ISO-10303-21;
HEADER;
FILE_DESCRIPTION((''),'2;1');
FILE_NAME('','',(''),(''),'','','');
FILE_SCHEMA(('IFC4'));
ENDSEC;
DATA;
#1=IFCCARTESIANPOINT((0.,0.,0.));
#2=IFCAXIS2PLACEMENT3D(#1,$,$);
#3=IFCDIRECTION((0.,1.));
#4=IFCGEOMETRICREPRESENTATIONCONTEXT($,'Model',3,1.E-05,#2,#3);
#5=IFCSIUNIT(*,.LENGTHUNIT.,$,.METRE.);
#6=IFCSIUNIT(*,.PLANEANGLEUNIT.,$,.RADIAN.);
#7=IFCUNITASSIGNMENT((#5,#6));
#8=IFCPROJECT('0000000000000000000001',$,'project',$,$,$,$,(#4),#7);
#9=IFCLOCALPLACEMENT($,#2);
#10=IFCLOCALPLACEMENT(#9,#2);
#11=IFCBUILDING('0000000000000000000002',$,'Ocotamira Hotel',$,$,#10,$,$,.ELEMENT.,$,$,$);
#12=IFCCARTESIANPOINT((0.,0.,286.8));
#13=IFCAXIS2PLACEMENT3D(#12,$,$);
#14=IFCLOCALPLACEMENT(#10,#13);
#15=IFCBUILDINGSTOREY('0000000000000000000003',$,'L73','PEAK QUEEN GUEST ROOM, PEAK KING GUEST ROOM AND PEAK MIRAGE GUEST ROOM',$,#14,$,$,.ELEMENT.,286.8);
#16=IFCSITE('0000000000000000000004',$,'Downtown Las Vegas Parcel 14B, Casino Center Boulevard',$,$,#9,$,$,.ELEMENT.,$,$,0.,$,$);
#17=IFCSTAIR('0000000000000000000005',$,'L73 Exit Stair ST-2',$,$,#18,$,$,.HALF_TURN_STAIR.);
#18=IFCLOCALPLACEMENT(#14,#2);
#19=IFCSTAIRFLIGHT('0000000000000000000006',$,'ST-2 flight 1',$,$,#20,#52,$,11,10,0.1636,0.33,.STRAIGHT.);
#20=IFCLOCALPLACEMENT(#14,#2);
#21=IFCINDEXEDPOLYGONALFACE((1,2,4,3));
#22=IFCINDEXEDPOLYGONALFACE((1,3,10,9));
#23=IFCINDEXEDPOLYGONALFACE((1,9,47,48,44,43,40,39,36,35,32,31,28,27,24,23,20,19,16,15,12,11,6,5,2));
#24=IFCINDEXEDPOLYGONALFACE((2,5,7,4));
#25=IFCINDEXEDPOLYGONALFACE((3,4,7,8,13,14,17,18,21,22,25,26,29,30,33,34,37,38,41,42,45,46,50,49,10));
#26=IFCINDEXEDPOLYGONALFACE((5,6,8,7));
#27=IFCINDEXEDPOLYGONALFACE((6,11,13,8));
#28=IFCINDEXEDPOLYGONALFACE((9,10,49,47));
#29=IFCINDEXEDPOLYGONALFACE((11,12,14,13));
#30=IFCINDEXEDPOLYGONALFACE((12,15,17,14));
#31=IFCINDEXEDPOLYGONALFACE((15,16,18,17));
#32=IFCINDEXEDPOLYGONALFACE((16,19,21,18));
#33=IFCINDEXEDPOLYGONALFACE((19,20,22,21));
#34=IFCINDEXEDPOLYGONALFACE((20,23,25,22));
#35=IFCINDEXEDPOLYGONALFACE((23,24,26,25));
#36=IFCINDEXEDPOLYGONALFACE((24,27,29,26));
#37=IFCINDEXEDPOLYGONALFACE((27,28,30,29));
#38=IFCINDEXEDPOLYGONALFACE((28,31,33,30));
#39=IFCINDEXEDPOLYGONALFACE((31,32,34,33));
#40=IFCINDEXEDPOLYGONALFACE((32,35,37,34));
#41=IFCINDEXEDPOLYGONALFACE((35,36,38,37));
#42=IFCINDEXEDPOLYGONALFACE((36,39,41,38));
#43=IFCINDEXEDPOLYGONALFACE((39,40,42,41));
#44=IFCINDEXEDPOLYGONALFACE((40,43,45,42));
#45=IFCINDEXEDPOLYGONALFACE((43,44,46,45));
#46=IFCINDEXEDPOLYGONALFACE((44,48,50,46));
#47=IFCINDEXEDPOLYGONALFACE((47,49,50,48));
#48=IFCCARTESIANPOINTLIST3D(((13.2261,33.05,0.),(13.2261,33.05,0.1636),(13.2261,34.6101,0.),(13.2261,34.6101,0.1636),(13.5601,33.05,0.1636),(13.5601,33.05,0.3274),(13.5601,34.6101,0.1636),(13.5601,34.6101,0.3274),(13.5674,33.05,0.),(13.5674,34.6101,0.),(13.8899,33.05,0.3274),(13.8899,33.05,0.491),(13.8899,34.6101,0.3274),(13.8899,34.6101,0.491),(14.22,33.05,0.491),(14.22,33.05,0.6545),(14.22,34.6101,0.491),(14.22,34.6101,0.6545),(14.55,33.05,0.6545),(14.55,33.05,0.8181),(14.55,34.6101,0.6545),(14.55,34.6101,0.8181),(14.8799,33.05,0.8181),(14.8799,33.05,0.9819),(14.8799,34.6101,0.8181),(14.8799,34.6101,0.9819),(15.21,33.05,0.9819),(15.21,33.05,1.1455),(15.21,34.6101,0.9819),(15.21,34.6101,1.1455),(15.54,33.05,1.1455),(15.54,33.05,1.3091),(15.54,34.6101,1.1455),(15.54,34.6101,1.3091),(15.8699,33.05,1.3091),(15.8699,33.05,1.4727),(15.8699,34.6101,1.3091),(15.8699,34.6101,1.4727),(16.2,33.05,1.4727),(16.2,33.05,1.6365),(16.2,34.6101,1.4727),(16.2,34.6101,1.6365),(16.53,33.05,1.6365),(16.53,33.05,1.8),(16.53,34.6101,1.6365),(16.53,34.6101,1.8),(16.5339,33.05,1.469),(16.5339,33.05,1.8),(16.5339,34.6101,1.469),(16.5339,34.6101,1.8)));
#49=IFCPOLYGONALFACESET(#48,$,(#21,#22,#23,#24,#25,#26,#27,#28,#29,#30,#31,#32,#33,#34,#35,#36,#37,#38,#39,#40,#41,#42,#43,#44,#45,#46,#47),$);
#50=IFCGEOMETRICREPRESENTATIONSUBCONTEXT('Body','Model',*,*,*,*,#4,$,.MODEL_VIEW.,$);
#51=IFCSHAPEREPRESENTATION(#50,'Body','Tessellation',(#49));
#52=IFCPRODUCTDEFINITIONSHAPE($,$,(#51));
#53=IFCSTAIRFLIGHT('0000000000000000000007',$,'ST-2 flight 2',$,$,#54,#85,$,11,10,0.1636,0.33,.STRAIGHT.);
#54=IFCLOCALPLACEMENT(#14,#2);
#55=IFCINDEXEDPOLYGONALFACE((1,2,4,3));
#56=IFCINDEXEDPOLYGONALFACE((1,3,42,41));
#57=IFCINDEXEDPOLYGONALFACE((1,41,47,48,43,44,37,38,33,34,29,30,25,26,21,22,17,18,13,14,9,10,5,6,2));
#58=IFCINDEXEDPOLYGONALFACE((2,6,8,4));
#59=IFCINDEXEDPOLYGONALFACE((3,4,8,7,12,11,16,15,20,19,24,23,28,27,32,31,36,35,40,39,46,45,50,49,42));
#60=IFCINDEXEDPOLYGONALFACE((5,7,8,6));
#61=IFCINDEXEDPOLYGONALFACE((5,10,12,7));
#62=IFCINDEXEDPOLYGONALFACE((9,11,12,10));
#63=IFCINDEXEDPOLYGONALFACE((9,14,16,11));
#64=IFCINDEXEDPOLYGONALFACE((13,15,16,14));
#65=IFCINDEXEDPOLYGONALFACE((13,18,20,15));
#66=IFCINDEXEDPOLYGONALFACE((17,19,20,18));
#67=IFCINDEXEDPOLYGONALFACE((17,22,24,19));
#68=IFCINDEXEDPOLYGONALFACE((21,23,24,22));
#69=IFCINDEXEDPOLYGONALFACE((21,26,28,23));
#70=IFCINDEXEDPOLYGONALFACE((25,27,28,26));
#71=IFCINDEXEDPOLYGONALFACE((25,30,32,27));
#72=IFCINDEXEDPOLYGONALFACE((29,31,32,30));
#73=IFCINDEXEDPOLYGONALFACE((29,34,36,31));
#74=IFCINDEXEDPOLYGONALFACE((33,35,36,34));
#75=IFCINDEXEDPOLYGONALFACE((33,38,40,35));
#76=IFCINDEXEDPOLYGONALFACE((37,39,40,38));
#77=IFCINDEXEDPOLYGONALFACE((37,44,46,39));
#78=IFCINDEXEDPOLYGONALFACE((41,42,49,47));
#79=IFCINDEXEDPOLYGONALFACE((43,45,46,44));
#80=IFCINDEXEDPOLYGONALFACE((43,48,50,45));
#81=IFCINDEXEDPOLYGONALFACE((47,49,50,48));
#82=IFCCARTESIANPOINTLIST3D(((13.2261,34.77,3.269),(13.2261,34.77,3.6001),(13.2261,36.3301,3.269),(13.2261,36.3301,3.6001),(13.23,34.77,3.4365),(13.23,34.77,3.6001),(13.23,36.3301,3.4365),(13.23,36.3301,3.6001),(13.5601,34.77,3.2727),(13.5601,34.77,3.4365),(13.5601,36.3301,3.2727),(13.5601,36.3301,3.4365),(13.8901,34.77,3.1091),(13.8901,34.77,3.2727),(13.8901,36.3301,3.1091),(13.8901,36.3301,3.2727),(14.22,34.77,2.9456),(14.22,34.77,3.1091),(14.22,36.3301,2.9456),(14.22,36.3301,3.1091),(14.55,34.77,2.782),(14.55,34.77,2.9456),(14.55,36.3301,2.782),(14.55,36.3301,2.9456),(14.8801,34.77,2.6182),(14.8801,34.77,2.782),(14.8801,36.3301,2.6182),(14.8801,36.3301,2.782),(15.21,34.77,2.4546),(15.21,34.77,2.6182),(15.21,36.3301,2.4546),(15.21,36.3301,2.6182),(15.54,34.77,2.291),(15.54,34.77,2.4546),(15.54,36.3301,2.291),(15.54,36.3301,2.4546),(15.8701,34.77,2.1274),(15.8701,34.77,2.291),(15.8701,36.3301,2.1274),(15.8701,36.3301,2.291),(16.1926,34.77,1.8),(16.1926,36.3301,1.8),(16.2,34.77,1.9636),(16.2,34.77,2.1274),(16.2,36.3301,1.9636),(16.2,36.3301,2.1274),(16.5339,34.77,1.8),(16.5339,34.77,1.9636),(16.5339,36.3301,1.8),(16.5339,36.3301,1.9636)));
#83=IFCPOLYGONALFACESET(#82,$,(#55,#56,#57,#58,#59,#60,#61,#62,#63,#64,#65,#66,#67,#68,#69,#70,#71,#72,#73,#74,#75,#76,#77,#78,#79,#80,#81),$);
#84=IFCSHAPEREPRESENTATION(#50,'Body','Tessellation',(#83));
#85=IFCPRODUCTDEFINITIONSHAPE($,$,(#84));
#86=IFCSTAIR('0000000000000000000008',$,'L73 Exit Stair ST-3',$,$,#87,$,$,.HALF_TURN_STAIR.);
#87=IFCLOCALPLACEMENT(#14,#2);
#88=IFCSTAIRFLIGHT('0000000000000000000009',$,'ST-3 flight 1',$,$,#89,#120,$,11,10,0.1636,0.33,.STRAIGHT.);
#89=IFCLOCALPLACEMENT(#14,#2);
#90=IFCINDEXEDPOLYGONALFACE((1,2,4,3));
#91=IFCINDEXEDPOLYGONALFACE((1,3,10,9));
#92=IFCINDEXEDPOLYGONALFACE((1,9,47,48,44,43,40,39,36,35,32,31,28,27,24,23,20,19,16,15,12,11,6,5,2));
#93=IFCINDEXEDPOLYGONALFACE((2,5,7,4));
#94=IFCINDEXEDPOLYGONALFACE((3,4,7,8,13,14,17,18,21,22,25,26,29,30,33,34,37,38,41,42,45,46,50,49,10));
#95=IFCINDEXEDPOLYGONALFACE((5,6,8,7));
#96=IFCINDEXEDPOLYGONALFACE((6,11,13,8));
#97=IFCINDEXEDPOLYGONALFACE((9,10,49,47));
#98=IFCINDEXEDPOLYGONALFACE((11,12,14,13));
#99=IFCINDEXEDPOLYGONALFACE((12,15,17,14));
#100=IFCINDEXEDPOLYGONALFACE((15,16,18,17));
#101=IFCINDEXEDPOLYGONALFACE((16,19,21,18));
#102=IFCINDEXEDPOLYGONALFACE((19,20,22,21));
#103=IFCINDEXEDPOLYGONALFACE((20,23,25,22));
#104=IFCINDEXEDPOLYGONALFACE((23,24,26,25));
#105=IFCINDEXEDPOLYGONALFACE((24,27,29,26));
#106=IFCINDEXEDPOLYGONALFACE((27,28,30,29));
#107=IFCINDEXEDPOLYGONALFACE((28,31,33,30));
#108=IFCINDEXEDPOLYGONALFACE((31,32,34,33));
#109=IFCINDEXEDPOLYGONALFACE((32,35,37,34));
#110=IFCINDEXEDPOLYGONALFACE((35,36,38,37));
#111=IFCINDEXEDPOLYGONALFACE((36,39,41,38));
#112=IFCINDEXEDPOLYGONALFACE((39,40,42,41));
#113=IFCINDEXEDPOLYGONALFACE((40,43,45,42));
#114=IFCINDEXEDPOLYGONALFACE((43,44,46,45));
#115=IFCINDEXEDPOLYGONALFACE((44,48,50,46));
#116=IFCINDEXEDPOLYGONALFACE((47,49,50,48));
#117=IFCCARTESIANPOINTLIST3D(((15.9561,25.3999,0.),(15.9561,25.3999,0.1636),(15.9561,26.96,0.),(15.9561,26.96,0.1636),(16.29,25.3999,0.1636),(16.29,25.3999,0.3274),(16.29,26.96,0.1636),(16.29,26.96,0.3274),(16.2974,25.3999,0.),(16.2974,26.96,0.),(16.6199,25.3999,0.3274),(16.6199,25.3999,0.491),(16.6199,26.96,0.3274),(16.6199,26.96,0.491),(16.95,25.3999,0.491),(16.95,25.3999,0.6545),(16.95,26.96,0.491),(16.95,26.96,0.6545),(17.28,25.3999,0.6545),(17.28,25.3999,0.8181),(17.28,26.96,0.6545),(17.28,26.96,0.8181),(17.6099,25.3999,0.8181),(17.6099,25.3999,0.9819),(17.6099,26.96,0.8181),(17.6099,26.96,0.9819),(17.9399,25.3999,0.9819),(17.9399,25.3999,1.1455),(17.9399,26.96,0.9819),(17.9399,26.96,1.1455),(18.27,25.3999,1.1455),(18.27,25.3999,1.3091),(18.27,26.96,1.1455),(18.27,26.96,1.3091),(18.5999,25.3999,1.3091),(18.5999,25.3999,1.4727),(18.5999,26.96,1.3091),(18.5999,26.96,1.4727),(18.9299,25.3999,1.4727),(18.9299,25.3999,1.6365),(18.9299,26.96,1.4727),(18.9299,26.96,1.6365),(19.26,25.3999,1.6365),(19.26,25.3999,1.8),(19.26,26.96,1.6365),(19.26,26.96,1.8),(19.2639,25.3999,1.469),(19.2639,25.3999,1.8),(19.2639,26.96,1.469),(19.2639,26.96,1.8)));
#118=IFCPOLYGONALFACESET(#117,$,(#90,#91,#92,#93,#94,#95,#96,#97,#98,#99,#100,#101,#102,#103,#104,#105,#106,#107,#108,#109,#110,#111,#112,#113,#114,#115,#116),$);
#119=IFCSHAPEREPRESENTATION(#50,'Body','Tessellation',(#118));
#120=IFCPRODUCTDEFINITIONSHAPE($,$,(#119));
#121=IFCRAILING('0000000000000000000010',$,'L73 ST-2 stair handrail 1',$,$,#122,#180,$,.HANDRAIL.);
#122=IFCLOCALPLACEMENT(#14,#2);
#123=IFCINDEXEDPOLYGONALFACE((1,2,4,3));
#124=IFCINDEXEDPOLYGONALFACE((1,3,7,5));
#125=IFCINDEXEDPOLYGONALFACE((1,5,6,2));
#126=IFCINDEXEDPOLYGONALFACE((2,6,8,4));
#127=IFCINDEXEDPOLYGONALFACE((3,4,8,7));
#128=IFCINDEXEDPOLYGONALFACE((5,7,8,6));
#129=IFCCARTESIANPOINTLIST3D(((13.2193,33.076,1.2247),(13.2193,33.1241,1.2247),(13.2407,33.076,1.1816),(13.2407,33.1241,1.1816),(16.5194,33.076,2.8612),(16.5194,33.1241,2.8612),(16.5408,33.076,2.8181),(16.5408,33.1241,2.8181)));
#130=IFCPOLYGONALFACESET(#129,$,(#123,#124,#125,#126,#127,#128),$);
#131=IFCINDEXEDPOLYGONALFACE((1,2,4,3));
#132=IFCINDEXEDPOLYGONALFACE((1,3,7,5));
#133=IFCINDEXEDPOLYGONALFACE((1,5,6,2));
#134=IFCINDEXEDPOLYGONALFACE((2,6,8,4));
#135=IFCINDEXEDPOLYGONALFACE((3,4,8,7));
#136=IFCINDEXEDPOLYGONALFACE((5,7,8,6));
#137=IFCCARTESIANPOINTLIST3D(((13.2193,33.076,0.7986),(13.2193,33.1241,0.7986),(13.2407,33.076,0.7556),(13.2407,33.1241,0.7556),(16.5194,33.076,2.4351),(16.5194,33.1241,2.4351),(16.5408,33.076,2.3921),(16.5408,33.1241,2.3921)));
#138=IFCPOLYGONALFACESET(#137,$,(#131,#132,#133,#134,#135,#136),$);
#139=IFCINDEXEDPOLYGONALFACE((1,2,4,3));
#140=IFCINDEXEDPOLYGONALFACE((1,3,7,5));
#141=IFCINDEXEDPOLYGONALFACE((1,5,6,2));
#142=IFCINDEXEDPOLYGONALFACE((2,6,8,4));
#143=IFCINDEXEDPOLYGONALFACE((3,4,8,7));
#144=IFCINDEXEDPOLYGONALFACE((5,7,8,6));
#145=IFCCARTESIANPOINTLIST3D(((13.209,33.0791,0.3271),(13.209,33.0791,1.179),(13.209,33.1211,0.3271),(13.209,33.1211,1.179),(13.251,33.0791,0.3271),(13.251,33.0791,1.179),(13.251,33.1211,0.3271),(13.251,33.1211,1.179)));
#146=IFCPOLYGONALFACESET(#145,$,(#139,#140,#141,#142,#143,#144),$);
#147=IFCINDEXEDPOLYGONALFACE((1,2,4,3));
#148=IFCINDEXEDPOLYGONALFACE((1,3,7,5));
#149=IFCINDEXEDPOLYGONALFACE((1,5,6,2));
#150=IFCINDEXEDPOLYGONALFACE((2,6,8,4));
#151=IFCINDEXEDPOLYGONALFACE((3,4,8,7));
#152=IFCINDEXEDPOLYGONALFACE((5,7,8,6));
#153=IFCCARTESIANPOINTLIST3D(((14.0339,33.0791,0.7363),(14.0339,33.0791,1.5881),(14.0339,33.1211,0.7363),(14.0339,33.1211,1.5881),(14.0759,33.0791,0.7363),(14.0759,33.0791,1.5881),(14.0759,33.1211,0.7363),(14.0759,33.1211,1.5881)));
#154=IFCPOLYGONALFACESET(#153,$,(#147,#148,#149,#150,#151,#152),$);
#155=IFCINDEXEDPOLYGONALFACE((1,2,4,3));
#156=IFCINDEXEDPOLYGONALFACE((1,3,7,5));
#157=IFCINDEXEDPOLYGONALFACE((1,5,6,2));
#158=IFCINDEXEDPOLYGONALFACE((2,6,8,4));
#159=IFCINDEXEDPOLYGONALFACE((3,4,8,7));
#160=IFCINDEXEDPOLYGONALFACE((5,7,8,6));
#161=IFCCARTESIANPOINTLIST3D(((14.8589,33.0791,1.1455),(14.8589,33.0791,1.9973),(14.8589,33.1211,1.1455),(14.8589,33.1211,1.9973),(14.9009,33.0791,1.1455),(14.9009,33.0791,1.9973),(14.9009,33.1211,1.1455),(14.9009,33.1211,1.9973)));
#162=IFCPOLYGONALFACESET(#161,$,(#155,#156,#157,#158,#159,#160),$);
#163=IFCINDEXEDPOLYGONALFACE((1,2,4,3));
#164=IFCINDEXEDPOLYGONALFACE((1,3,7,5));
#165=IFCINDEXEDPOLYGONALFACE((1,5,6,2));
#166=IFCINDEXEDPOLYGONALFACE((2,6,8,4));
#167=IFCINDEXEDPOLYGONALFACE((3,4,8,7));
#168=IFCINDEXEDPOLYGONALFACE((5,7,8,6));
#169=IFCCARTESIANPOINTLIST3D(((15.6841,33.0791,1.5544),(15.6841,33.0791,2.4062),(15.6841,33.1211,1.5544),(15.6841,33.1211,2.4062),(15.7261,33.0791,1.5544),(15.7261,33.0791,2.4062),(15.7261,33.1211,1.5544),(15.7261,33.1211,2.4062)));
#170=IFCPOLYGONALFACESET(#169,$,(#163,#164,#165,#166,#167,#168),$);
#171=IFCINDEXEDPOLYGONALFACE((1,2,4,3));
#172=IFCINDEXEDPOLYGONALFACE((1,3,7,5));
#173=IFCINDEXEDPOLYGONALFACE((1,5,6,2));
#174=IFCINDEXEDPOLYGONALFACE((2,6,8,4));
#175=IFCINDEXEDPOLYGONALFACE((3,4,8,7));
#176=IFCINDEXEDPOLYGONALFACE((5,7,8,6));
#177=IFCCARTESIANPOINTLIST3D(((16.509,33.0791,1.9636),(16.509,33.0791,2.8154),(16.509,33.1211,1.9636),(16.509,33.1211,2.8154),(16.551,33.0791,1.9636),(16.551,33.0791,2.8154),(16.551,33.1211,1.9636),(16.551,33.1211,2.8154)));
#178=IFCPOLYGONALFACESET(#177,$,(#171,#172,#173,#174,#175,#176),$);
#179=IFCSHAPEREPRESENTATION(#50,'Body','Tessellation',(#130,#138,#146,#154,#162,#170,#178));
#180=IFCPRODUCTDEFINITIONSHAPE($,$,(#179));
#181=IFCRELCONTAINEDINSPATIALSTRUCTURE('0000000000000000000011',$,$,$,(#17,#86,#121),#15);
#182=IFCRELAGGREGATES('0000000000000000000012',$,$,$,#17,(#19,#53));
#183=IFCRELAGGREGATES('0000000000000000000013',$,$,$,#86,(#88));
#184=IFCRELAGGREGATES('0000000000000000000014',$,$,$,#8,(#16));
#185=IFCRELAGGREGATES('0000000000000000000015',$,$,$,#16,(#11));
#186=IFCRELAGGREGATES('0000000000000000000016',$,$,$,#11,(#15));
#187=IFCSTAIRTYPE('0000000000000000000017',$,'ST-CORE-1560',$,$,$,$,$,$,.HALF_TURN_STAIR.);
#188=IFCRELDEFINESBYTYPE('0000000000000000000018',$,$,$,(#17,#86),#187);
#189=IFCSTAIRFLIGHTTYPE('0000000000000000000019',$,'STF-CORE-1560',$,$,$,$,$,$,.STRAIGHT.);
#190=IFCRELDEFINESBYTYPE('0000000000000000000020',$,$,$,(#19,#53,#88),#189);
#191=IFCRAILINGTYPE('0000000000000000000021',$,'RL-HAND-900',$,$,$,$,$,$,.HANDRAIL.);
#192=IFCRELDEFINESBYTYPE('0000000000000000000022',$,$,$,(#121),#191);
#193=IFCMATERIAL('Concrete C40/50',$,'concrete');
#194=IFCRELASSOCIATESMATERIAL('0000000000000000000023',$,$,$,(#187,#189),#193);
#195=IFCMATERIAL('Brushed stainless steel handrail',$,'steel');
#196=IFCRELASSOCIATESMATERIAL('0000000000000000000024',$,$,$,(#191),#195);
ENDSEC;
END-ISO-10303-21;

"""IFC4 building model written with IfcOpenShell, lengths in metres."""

from ifc_helpers import new_model, si_unit, direction, frame, origin, origin_2d, place, context, subcontext, project, spatial, polyline, rectangle, outline, extrude, source, transform, mapped, material, type_object, element, aggregate, save


model = new_model("IFC4")

# Units and contexts
model_context = context("Model", 3, precision=1e-05, world=origin(), true_north=direction((0.0, 1.0)))
body_context = subcontext(model_context, "Body", "Model", "MODEL_VIEW")
ifc_project = project(units=[si_unit("LENGTHUNIT", "METRE"), si_unit("PLANEANGLEUNIT", "RADIAN")], contexts=[model_context])

# Site, building, storey
site_placement = place(None, origin())
site = spatial("IfcSite", under=ifc_project, at=site_placement, Name="Downtown Las Vegas Parcel 14B, Casino Center Boulevard", CompositionType="ELEMENT", RefElevation=0.0)
building_placement = place(site_placement, origin())
building = spatial("IfcBuilding", under=site, at=building_placement, Name="Ocotamira Hotel", CompositionType="ELEMENT")
storey_placement = place(building_placement, frame((0.0, 0.0, 286.8)))
storey = spatial("IfcBuildingStorey", under=building, at=storey_placement, Name="L73", Description="PEAK QUEEN GUEST ROOM, PEAK KING GUEST ROOM AND PEAK MIRAGE GUEST ROOM", CompositionType="ELEMENT", Elevation=286.8)

# Stair, stair flights
ifc_material_1 = material(Name="Concrete C40/50", Category="concrete")
stair_type = type_object("IfcStairType", Name="ST-CORE-1560", PredefinedType="HALF_TURN_STAIR", material=ifc_material_1)
stair_1_placement = place(storey_placement, origin())
stair_1 = element("IfcStair", 1, at=stair_1_placement, inside=storey, type_object=stair_type, Name="L73 Exit Stair ST-2", PredefinedType="HALF_TURN_STAIR")
stair_flight_type = type_object("IfcStairFlightType", Name="STF-CORE-1560", PredefinedType="STRAIGHT", material=ifc_material_1)
shared_shape_1 = source(origin(), body_context, "Body", "SweptSolid", [
    extrude(outline(polyline([(-0.0039, 0.0), (-0.0039, 0.1636), (0.3301, 0.1636), (0.3301, 0.3274), (0.6599, 0.3274), (0.6599, 0.491), (0.99, 0.491), (0.99, 0.6545), (1.3201, 0.6545), (1.3201, 0.8181), (1.6499, 0.8181), (1.6499, 0.9819), (1.98, 0.9819), (1.98, 1.1455), (2.3101, 1.1455), (2.3101, 1.3091), (2.6399, 1.3091), (2.6399, 1.4727), (2.97, 1.4727), (2.97, 1.6365), (3.3, 1.6365), (3.3, 1.8), (3.304, 1.8), (3.304, 1.469), (0.3374, 0.0), (-0.0039, 0.0)])), frame((0.0, 0.78, 0.0), z_axis=(0.0, -1.0, 0.0), x_axis=(1.0, 0.0, 0.0)), (0.0, 0.0, 1.0), 1.5601),
])
stair_flight_1_placement = place(storey_placement, frame((13.23, 33.8301, 0.0), z_axis=(0.0, 0.0, 1.0), x_axis=(1.0, 0.0, 0.0)))
stair_flight_1 = element("IfcStairFlight", 2, at=stair_flight_1_placement, type_object=stair_flight_type, Name="ST-2 flight 1", NumberOfRisers=11, NumberOfTreads=10, PredefinedType="STRAIGHT", RiserHeight=0.1636, TreadLength=0.33, context=body_context, shape_type="MappedRepresentation", body=[
    mapped(shared_shape_1, transform((0.0, 0.0, 0.0), scale=1.0)),
])
stair_flight_2_placement = place(storey_placement, frame((16.53, 35.55, 1.8), z_axis=(0.0, 0.0, 1.0), x_axis=(-1.0, 0.0, 0.0)))
stair_flight_2 = element("IfcStairFlight", 3, at=stair_flight_2_placement, type_object=stair_flight_type, Name="ST-2 flight 2", NumberOfRisers=11, NumberOfTreads=10, PredefinedType="STRAIGHT", RiserHeight=0.1636, TreadLength=0.33, context=body_context, shape_type="MappedRepresentation", body=[
    mapped(shared_shape_1, transform((0.0, 0.0, 0.0), scale=1.0)),
])
aggregate(stair_1, [stair_flight_1, stair_flight_2])

# Stair, stair flight
stair_2_placement = place(storey_placement, origin())
stair_2 = element("IfcStair", 4, at=stair_2_placement, inside=storey, type_object=stair_type, Name="L73 Exit Stair ST-3", PredefinedType="HALF_TURN_STAIR")
stair_flight_3_placement = place(storey_placement, frame((15.96, 26.1799, 0.0), z_axis=(0.0, 0.0, 1.0), x_axis=(1.0, 0.0, 0.0)))
stair_flight_3 = element("IfcStairFlight", 5, at=stair_flight_3_placement, type_object=stair_flight_type, Name="ST-3 flight 1", NumberOfRisers=11, NumberOfTreads=10, PredefinedType="STRAIGHT", RiserHeight=0.1636, TreadLength=0.33, context=body_context, shape_type="MappedRepresentation", body=[
    mapped(shared_shape_1, transform((0.0, 0.0, 0.0), scale=1.0)),
])
aggregate(stair_2, [stair_flight_3])

# Railing
ifc_material_2 = material(Name="Brushed stainless steel handrail", Category="steel")
railing_type_1 = type_object("IfcRailingType", Name="RL-HAND-900", PredefinedType="HANDRAIL", material=ifc_material_2)
railing_1_placement = place(storey_placement, frame((13.23, 33.1001, 0.3271)))
element("IfcRailing", 6, at=railing_1_placement, inside=storey, type_object=railing_type_1, Name="L73 ST-2 stair handrail 1", PredefinedType="HANDRAIL", context=body_context, shape_type="SweptSolid", body=[
    extrude(rectangle(XDim=0.0481, YDim=0.0481, at=origin_2d()), frame((0.0, 0.0, 0.876), z_axis=(0.895894, 0.0, 0.444268), x_axis=(0.0, 1.0, 0.0)), (0.0, 0.0, 1.0), 3.6836),
    extrude(rectangle(XDim=0.0481, YDim=0.0481, at=origin_2d()), frame((0.0, 0.0, 0.45), z_axis=(0.895894, 0.0, 0.444268), x_axis=(0.0, 1.0, 0.0)), (0.0, 0.0, 1.0), 3.6836),
    extrude(rectangle(XDim=0.042, YDim=0.042, at=origin_2d()), origin(), (0.0, 0.0, 1.0), 0.8518),
    extrude(rectangle(XDim=0.042, YDim=0.042, at=origin_2d()), frame((0.825, 0.0, 0.4092)), (0.0, 0.0, 1.0), 0.8518),
    extrude(rectangle(XDim=0.042, YDim=0.042, at=origin_2d()), frame((1.6499, 0.0, 0.8184)), (0.0, 0.0, 1.0), 0.8518),
    extrude(rectangle(XDim=0.042, YDim=0.042, at=origin_2d()), frame((2.4751, 0.0, 1.2273)), (0.0, 0.0, 1.0), 0.8518),
    extrude(rectangle(XDim=0.042, YDim=0.042, at=origin_2d()), frame((3.3, 0.0, 1.6365)), (0.0, 0.0, 1.0), 0.8518),
])

save(model, "model.ifc")
